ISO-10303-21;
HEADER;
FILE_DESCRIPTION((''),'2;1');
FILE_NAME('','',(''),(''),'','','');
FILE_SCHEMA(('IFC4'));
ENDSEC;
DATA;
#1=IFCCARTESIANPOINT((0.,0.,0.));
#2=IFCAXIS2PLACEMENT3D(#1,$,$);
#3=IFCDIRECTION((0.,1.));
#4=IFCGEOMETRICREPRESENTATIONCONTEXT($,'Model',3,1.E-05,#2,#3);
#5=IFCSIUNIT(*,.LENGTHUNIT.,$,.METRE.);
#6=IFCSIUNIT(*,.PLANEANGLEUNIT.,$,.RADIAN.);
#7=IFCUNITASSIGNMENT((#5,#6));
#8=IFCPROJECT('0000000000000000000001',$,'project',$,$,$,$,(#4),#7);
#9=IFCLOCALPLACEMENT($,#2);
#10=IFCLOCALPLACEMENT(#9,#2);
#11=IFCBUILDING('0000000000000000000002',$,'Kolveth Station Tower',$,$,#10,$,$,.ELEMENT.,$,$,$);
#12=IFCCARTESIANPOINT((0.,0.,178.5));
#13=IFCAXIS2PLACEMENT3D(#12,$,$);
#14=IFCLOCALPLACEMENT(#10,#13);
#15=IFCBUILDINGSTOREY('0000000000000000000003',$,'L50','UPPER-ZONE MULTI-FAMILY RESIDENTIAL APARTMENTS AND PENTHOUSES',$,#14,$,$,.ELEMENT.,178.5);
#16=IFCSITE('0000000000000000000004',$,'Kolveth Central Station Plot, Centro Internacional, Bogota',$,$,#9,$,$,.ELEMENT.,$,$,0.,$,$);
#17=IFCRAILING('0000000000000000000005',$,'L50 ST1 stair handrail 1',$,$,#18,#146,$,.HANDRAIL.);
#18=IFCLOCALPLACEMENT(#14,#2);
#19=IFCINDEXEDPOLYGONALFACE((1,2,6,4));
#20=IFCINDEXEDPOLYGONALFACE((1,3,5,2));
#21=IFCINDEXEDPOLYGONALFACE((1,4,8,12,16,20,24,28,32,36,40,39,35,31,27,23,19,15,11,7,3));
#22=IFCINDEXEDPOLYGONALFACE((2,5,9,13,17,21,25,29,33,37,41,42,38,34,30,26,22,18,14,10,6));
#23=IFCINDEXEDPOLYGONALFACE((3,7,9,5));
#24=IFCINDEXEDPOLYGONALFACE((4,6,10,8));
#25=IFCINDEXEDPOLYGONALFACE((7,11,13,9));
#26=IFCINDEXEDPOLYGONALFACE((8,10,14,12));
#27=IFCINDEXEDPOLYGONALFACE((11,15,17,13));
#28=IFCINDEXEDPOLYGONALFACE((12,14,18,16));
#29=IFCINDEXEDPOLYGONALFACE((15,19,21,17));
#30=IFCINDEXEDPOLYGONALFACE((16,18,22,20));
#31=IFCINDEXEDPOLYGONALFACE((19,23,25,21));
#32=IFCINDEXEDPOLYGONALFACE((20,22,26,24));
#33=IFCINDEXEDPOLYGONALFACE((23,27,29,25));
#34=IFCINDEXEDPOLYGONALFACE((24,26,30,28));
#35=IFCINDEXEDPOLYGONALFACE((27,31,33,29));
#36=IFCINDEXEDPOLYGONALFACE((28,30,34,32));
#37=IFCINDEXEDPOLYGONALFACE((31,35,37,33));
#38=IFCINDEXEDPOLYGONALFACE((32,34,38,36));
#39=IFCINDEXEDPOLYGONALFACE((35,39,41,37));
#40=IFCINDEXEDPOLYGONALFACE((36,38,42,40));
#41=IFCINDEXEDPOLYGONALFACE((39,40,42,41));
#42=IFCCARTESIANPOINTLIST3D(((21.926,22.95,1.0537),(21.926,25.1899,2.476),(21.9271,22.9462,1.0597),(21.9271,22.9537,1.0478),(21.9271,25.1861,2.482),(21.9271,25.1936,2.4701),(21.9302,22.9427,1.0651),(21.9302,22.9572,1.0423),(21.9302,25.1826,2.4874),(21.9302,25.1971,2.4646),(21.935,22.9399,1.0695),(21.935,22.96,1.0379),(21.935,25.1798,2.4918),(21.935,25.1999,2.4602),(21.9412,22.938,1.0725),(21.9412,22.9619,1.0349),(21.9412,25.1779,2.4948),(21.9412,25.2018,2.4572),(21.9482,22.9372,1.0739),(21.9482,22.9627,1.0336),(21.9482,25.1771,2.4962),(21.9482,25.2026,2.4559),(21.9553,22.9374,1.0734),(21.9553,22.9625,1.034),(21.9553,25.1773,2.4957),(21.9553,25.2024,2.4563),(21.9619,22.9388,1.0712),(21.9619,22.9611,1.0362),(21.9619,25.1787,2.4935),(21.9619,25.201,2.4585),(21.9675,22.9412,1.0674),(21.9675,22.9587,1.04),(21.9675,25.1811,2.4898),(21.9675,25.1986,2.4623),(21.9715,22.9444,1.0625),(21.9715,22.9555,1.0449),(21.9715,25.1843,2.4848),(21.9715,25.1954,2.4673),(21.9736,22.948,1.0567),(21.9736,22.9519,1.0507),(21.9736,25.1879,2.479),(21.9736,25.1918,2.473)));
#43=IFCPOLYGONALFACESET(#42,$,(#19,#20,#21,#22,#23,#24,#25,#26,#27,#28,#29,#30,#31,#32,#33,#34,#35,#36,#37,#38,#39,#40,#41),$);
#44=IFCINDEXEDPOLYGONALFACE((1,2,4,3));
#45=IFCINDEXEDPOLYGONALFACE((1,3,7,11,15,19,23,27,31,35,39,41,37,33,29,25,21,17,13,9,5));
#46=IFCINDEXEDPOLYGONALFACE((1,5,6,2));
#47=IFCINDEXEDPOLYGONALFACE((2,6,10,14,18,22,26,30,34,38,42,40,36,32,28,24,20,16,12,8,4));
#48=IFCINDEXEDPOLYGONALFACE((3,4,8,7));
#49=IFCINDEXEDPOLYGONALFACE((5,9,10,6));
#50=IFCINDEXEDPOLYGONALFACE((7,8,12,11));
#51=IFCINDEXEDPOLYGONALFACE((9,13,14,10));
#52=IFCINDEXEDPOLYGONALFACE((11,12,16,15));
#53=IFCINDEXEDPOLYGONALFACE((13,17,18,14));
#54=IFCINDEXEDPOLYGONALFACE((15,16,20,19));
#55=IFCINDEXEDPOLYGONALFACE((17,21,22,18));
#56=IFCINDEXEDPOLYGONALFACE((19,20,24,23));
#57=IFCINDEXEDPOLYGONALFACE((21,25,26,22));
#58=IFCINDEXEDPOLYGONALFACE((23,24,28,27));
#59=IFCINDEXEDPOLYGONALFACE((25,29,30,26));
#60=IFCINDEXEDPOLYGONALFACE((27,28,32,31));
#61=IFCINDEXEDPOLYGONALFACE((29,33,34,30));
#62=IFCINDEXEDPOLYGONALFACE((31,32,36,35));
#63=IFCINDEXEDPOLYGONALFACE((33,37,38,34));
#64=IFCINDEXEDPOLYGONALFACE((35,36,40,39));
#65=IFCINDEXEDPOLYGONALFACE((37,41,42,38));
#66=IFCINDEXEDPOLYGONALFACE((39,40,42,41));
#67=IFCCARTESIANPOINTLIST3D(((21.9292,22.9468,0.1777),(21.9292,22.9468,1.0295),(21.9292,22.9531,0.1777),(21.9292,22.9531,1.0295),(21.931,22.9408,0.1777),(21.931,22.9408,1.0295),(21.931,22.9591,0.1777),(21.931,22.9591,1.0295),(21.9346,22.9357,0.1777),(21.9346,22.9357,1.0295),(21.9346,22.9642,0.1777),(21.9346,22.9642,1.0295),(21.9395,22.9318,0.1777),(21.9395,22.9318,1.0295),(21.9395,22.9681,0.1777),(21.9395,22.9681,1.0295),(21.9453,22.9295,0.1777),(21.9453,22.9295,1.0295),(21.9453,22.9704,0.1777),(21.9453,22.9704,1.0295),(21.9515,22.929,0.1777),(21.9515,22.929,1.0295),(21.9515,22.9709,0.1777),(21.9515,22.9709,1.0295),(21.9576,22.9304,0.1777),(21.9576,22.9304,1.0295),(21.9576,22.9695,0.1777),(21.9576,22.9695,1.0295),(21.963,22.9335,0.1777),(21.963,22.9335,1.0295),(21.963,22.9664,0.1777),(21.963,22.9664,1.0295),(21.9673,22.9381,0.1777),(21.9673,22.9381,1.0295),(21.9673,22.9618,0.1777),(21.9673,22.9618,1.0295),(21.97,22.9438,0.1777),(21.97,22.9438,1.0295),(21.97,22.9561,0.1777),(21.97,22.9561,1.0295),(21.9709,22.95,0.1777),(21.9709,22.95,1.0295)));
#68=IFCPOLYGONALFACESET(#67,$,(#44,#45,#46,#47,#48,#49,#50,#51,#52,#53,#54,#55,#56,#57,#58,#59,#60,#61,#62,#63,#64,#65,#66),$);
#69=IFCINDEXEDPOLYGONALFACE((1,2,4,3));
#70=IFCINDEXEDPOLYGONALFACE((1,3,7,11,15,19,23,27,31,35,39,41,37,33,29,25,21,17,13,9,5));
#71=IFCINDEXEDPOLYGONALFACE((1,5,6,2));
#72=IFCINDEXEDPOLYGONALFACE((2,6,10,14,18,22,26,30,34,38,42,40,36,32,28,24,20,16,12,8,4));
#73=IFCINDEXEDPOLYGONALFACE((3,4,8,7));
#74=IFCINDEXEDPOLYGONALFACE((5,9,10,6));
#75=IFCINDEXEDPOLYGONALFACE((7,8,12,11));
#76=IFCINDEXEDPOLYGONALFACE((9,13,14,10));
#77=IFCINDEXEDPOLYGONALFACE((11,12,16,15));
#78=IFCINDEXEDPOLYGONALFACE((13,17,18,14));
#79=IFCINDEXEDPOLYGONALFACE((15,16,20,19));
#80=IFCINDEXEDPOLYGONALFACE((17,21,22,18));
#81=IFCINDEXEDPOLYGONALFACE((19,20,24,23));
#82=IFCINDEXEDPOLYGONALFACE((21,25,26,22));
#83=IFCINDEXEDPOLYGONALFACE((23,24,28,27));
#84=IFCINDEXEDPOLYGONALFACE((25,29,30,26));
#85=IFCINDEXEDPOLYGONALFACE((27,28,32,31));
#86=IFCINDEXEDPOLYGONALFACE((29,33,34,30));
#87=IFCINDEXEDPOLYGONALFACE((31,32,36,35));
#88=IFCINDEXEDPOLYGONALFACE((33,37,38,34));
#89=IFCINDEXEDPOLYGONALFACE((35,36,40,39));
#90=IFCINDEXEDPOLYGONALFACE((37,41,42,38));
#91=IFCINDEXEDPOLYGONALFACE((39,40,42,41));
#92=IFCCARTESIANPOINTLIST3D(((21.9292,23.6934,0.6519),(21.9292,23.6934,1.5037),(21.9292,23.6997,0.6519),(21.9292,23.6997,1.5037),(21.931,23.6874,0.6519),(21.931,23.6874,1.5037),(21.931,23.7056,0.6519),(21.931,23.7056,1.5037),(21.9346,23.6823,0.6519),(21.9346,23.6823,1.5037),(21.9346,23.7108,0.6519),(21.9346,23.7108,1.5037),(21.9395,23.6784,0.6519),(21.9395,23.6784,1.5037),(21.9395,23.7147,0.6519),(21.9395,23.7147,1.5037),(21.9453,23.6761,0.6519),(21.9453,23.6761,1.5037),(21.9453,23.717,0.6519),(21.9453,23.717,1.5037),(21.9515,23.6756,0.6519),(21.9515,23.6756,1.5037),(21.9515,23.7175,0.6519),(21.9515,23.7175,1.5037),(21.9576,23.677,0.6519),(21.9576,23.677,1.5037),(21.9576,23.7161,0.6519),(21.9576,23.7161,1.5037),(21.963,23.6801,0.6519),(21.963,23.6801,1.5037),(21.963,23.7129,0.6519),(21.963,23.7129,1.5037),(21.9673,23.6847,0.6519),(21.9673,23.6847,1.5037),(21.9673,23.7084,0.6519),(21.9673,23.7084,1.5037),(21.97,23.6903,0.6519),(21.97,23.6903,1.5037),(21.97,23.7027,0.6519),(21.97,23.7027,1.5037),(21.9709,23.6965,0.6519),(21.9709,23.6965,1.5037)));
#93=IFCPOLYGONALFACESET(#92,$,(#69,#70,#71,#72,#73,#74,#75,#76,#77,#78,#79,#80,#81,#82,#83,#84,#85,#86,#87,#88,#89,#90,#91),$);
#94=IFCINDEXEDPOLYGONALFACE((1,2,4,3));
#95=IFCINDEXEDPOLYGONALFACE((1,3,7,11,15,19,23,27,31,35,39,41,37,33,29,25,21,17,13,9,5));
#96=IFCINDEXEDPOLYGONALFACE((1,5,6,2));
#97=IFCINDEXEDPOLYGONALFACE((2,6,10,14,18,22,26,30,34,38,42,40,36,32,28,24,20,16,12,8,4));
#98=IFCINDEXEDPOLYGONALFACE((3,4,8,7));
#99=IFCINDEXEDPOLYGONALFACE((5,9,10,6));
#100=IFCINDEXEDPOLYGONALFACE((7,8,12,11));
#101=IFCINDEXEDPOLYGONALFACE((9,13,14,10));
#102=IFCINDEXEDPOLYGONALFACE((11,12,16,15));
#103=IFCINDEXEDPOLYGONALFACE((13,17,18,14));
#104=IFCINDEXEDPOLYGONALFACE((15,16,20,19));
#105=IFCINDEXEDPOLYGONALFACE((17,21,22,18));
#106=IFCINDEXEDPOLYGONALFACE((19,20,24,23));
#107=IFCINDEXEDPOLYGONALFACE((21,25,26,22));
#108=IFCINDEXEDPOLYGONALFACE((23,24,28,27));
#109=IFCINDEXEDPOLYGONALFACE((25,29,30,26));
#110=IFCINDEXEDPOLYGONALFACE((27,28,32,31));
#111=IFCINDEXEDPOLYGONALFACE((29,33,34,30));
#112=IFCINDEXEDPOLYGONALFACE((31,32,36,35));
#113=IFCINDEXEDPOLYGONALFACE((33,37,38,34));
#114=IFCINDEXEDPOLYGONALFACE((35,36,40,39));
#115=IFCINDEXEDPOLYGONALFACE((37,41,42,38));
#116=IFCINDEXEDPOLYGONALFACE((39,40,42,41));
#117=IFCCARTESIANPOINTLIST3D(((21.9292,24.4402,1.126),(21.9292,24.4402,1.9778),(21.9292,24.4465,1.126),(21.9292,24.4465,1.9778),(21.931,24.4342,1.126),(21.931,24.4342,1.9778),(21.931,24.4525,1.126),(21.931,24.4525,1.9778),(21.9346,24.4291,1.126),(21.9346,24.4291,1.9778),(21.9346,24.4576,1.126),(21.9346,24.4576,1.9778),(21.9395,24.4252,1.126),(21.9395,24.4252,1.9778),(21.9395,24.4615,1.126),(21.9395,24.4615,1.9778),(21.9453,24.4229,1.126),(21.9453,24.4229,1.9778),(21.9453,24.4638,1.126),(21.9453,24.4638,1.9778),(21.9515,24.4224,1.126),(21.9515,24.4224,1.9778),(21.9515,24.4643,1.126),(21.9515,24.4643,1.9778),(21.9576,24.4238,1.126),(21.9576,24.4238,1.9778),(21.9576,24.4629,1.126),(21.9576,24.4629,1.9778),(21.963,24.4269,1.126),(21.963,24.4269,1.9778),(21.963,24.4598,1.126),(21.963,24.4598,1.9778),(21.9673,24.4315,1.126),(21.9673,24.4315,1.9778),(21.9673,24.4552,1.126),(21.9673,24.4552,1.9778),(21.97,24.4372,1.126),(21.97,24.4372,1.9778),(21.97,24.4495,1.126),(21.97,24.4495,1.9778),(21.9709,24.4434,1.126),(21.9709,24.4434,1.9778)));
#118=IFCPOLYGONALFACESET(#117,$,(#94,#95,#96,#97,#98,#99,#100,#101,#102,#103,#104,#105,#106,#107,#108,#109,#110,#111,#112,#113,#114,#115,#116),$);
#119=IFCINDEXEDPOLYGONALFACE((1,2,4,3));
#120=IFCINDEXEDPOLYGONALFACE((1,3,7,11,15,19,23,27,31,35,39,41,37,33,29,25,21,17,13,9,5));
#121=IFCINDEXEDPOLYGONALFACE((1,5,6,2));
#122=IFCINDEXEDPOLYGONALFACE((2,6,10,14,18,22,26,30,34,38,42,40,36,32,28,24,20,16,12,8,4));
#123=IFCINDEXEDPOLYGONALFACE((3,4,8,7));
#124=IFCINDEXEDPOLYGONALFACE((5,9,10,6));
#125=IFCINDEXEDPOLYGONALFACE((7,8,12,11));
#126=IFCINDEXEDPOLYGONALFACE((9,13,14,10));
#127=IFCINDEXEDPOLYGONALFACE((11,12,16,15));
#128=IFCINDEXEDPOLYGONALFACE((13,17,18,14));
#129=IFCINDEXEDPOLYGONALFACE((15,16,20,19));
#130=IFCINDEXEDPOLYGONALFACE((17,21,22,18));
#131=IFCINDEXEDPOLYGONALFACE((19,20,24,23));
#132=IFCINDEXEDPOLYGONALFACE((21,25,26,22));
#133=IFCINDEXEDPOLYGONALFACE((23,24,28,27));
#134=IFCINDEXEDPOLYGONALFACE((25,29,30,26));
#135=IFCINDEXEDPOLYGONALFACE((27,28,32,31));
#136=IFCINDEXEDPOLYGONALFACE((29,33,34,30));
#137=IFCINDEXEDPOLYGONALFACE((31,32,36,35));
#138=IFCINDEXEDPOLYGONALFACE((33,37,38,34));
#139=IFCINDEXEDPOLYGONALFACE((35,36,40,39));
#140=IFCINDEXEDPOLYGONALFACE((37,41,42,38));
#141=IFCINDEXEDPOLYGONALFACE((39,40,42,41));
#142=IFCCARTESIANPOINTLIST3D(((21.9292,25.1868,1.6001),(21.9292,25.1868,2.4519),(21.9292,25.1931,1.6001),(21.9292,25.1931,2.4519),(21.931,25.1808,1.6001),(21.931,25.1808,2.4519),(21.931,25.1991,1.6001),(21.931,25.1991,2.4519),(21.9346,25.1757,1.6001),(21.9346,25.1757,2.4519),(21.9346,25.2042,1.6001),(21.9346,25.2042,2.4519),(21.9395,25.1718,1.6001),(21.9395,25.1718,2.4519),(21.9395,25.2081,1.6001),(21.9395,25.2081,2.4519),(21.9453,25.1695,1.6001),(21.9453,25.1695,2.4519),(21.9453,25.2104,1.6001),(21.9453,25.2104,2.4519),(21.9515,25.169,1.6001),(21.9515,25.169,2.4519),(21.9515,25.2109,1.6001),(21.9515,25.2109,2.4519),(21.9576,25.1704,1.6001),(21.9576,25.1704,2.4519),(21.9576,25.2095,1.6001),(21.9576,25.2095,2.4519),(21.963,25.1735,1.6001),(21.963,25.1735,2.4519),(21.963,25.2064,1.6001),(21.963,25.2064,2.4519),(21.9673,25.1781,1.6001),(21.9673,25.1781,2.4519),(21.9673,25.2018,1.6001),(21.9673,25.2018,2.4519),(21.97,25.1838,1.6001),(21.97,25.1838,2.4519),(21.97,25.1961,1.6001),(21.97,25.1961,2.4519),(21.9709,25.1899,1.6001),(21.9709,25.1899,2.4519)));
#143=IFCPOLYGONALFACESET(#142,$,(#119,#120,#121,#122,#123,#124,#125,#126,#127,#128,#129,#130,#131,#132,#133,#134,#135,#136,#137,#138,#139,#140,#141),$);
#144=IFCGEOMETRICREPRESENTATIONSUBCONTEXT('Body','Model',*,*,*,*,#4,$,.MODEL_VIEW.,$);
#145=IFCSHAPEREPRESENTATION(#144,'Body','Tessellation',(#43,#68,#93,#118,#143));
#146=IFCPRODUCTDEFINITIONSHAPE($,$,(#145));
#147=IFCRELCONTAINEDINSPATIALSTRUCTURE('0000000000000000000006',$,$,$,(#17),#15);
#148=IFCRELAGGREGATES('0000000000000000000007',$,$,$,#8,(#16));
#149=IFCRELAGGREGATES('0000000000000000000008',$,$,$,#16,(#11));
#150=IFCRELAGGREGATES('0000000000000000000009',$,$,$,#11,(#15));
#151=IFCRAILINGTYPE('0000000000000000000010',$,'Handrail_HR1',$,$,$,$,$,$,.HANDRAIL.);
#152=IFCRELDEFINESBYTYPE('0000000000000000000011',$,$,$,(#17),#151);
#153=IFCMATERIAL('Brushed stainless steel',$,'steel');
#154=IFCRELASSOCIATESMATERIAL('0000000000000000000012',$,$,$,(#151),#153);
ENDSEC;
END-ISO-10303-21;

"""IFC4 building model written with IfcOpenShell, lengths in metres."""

from ifc_helpers import new_model, si_unit, direction, frame, origin, origin_2d, place, context, subcontext, project, spatial, circle, extrude, material, type_object, element, save


model = new_model("IFC4")

# Units and contexts
model_context = context("Model", 3, precision=1e-05, world=origin(), true_north=direction((0.0, 1.0)))
body_context = subcontext(model_context, "Body", "Model", "MODEL_VIEW")
ifc_project = project(units=[si_unit("LENGTHUNIT", "METRE"), si_unit("PLANEANGLEUNIT", "RADIAN")], contexts=[model_context])

# Site, building, storey
site_placement = place(None, origin())
site = spatial("IfcSite", under=ifc_project, at=site_placement, Name="Kolveth Central Station Plot, Centro Internacional, Bogota", CompositionType="ELEMENT", RefElevation=0.0)
building_placement = place(site_placement, origin())
building = spatial("IfcBuilding", under=site, at=building_placement, Name="Kolveth Station Tower", CompositionType="ELEMENT")
storey_placement = place(building_placement, frame((0.0, 0.0, 178.5)))
storey = spatial("IfcBuildingStorey", under=building, at=storey_placement, Name="L50", Description="UPPER-ZONE MULTI-FAMILY RESIDENTIAL APARTMENTS AND PENTHOUSES", CompositionType="ELEMENT", Elevation=178.5)

# Railing
ifc_material_1 = material(Name="Brushed stainless steel", Category="steel")
railing_type_1 = type_object("IfcRailingType", Name="Handrail_HR1", PredefinedType="HANDRAIL", material=ifc_material_1)
for number, where, name in (
    (1, (21.95, 22.95, 0.1777), "L50 ST1 stair handrail 1"),
):
    element("IfcRailing", number, at=place(storey_placement, frame(where)), inside=storey, type_object=railing_type_1, Name=name, PredefinedType="HANDRAIL", context=body_context, shape_type="SweptSolid", body=[
        extrude(circle(Radius=0.0239, at=origin_2d()), frame((0.0, 0.0, 0.876), z_axis=(0.0, 0.844188, 0.536048), x_axis=(-1.0, 0.0, 0.0)), (0.0, 0.0, 1.0), 2.6533),
        extrude(circle(Radius=0.021, at=origin_2d()), origin(), (0.0, 0.0, 1.0), 0.8518),
        extrude(circle(Radius=0.021, at=origin_2d()), frame((0.0, 0.7466, 0.4741)), (0.0, 0.0, 1.0), 0.8518),
        extrude(circle(Radius=0.021, at=origin_2d()), frame((0.0, 1.4934, 0.9482)), (0.0, 0.0, 1.0), 0.8518),
        extrude(circle(Radius=0.021, at=origin_2d()), frame((0.0, 2.24, 1.4224)), (0.0, 0.0, 1.0), 0.8518),
    ])

save(model, "model.ifc")
